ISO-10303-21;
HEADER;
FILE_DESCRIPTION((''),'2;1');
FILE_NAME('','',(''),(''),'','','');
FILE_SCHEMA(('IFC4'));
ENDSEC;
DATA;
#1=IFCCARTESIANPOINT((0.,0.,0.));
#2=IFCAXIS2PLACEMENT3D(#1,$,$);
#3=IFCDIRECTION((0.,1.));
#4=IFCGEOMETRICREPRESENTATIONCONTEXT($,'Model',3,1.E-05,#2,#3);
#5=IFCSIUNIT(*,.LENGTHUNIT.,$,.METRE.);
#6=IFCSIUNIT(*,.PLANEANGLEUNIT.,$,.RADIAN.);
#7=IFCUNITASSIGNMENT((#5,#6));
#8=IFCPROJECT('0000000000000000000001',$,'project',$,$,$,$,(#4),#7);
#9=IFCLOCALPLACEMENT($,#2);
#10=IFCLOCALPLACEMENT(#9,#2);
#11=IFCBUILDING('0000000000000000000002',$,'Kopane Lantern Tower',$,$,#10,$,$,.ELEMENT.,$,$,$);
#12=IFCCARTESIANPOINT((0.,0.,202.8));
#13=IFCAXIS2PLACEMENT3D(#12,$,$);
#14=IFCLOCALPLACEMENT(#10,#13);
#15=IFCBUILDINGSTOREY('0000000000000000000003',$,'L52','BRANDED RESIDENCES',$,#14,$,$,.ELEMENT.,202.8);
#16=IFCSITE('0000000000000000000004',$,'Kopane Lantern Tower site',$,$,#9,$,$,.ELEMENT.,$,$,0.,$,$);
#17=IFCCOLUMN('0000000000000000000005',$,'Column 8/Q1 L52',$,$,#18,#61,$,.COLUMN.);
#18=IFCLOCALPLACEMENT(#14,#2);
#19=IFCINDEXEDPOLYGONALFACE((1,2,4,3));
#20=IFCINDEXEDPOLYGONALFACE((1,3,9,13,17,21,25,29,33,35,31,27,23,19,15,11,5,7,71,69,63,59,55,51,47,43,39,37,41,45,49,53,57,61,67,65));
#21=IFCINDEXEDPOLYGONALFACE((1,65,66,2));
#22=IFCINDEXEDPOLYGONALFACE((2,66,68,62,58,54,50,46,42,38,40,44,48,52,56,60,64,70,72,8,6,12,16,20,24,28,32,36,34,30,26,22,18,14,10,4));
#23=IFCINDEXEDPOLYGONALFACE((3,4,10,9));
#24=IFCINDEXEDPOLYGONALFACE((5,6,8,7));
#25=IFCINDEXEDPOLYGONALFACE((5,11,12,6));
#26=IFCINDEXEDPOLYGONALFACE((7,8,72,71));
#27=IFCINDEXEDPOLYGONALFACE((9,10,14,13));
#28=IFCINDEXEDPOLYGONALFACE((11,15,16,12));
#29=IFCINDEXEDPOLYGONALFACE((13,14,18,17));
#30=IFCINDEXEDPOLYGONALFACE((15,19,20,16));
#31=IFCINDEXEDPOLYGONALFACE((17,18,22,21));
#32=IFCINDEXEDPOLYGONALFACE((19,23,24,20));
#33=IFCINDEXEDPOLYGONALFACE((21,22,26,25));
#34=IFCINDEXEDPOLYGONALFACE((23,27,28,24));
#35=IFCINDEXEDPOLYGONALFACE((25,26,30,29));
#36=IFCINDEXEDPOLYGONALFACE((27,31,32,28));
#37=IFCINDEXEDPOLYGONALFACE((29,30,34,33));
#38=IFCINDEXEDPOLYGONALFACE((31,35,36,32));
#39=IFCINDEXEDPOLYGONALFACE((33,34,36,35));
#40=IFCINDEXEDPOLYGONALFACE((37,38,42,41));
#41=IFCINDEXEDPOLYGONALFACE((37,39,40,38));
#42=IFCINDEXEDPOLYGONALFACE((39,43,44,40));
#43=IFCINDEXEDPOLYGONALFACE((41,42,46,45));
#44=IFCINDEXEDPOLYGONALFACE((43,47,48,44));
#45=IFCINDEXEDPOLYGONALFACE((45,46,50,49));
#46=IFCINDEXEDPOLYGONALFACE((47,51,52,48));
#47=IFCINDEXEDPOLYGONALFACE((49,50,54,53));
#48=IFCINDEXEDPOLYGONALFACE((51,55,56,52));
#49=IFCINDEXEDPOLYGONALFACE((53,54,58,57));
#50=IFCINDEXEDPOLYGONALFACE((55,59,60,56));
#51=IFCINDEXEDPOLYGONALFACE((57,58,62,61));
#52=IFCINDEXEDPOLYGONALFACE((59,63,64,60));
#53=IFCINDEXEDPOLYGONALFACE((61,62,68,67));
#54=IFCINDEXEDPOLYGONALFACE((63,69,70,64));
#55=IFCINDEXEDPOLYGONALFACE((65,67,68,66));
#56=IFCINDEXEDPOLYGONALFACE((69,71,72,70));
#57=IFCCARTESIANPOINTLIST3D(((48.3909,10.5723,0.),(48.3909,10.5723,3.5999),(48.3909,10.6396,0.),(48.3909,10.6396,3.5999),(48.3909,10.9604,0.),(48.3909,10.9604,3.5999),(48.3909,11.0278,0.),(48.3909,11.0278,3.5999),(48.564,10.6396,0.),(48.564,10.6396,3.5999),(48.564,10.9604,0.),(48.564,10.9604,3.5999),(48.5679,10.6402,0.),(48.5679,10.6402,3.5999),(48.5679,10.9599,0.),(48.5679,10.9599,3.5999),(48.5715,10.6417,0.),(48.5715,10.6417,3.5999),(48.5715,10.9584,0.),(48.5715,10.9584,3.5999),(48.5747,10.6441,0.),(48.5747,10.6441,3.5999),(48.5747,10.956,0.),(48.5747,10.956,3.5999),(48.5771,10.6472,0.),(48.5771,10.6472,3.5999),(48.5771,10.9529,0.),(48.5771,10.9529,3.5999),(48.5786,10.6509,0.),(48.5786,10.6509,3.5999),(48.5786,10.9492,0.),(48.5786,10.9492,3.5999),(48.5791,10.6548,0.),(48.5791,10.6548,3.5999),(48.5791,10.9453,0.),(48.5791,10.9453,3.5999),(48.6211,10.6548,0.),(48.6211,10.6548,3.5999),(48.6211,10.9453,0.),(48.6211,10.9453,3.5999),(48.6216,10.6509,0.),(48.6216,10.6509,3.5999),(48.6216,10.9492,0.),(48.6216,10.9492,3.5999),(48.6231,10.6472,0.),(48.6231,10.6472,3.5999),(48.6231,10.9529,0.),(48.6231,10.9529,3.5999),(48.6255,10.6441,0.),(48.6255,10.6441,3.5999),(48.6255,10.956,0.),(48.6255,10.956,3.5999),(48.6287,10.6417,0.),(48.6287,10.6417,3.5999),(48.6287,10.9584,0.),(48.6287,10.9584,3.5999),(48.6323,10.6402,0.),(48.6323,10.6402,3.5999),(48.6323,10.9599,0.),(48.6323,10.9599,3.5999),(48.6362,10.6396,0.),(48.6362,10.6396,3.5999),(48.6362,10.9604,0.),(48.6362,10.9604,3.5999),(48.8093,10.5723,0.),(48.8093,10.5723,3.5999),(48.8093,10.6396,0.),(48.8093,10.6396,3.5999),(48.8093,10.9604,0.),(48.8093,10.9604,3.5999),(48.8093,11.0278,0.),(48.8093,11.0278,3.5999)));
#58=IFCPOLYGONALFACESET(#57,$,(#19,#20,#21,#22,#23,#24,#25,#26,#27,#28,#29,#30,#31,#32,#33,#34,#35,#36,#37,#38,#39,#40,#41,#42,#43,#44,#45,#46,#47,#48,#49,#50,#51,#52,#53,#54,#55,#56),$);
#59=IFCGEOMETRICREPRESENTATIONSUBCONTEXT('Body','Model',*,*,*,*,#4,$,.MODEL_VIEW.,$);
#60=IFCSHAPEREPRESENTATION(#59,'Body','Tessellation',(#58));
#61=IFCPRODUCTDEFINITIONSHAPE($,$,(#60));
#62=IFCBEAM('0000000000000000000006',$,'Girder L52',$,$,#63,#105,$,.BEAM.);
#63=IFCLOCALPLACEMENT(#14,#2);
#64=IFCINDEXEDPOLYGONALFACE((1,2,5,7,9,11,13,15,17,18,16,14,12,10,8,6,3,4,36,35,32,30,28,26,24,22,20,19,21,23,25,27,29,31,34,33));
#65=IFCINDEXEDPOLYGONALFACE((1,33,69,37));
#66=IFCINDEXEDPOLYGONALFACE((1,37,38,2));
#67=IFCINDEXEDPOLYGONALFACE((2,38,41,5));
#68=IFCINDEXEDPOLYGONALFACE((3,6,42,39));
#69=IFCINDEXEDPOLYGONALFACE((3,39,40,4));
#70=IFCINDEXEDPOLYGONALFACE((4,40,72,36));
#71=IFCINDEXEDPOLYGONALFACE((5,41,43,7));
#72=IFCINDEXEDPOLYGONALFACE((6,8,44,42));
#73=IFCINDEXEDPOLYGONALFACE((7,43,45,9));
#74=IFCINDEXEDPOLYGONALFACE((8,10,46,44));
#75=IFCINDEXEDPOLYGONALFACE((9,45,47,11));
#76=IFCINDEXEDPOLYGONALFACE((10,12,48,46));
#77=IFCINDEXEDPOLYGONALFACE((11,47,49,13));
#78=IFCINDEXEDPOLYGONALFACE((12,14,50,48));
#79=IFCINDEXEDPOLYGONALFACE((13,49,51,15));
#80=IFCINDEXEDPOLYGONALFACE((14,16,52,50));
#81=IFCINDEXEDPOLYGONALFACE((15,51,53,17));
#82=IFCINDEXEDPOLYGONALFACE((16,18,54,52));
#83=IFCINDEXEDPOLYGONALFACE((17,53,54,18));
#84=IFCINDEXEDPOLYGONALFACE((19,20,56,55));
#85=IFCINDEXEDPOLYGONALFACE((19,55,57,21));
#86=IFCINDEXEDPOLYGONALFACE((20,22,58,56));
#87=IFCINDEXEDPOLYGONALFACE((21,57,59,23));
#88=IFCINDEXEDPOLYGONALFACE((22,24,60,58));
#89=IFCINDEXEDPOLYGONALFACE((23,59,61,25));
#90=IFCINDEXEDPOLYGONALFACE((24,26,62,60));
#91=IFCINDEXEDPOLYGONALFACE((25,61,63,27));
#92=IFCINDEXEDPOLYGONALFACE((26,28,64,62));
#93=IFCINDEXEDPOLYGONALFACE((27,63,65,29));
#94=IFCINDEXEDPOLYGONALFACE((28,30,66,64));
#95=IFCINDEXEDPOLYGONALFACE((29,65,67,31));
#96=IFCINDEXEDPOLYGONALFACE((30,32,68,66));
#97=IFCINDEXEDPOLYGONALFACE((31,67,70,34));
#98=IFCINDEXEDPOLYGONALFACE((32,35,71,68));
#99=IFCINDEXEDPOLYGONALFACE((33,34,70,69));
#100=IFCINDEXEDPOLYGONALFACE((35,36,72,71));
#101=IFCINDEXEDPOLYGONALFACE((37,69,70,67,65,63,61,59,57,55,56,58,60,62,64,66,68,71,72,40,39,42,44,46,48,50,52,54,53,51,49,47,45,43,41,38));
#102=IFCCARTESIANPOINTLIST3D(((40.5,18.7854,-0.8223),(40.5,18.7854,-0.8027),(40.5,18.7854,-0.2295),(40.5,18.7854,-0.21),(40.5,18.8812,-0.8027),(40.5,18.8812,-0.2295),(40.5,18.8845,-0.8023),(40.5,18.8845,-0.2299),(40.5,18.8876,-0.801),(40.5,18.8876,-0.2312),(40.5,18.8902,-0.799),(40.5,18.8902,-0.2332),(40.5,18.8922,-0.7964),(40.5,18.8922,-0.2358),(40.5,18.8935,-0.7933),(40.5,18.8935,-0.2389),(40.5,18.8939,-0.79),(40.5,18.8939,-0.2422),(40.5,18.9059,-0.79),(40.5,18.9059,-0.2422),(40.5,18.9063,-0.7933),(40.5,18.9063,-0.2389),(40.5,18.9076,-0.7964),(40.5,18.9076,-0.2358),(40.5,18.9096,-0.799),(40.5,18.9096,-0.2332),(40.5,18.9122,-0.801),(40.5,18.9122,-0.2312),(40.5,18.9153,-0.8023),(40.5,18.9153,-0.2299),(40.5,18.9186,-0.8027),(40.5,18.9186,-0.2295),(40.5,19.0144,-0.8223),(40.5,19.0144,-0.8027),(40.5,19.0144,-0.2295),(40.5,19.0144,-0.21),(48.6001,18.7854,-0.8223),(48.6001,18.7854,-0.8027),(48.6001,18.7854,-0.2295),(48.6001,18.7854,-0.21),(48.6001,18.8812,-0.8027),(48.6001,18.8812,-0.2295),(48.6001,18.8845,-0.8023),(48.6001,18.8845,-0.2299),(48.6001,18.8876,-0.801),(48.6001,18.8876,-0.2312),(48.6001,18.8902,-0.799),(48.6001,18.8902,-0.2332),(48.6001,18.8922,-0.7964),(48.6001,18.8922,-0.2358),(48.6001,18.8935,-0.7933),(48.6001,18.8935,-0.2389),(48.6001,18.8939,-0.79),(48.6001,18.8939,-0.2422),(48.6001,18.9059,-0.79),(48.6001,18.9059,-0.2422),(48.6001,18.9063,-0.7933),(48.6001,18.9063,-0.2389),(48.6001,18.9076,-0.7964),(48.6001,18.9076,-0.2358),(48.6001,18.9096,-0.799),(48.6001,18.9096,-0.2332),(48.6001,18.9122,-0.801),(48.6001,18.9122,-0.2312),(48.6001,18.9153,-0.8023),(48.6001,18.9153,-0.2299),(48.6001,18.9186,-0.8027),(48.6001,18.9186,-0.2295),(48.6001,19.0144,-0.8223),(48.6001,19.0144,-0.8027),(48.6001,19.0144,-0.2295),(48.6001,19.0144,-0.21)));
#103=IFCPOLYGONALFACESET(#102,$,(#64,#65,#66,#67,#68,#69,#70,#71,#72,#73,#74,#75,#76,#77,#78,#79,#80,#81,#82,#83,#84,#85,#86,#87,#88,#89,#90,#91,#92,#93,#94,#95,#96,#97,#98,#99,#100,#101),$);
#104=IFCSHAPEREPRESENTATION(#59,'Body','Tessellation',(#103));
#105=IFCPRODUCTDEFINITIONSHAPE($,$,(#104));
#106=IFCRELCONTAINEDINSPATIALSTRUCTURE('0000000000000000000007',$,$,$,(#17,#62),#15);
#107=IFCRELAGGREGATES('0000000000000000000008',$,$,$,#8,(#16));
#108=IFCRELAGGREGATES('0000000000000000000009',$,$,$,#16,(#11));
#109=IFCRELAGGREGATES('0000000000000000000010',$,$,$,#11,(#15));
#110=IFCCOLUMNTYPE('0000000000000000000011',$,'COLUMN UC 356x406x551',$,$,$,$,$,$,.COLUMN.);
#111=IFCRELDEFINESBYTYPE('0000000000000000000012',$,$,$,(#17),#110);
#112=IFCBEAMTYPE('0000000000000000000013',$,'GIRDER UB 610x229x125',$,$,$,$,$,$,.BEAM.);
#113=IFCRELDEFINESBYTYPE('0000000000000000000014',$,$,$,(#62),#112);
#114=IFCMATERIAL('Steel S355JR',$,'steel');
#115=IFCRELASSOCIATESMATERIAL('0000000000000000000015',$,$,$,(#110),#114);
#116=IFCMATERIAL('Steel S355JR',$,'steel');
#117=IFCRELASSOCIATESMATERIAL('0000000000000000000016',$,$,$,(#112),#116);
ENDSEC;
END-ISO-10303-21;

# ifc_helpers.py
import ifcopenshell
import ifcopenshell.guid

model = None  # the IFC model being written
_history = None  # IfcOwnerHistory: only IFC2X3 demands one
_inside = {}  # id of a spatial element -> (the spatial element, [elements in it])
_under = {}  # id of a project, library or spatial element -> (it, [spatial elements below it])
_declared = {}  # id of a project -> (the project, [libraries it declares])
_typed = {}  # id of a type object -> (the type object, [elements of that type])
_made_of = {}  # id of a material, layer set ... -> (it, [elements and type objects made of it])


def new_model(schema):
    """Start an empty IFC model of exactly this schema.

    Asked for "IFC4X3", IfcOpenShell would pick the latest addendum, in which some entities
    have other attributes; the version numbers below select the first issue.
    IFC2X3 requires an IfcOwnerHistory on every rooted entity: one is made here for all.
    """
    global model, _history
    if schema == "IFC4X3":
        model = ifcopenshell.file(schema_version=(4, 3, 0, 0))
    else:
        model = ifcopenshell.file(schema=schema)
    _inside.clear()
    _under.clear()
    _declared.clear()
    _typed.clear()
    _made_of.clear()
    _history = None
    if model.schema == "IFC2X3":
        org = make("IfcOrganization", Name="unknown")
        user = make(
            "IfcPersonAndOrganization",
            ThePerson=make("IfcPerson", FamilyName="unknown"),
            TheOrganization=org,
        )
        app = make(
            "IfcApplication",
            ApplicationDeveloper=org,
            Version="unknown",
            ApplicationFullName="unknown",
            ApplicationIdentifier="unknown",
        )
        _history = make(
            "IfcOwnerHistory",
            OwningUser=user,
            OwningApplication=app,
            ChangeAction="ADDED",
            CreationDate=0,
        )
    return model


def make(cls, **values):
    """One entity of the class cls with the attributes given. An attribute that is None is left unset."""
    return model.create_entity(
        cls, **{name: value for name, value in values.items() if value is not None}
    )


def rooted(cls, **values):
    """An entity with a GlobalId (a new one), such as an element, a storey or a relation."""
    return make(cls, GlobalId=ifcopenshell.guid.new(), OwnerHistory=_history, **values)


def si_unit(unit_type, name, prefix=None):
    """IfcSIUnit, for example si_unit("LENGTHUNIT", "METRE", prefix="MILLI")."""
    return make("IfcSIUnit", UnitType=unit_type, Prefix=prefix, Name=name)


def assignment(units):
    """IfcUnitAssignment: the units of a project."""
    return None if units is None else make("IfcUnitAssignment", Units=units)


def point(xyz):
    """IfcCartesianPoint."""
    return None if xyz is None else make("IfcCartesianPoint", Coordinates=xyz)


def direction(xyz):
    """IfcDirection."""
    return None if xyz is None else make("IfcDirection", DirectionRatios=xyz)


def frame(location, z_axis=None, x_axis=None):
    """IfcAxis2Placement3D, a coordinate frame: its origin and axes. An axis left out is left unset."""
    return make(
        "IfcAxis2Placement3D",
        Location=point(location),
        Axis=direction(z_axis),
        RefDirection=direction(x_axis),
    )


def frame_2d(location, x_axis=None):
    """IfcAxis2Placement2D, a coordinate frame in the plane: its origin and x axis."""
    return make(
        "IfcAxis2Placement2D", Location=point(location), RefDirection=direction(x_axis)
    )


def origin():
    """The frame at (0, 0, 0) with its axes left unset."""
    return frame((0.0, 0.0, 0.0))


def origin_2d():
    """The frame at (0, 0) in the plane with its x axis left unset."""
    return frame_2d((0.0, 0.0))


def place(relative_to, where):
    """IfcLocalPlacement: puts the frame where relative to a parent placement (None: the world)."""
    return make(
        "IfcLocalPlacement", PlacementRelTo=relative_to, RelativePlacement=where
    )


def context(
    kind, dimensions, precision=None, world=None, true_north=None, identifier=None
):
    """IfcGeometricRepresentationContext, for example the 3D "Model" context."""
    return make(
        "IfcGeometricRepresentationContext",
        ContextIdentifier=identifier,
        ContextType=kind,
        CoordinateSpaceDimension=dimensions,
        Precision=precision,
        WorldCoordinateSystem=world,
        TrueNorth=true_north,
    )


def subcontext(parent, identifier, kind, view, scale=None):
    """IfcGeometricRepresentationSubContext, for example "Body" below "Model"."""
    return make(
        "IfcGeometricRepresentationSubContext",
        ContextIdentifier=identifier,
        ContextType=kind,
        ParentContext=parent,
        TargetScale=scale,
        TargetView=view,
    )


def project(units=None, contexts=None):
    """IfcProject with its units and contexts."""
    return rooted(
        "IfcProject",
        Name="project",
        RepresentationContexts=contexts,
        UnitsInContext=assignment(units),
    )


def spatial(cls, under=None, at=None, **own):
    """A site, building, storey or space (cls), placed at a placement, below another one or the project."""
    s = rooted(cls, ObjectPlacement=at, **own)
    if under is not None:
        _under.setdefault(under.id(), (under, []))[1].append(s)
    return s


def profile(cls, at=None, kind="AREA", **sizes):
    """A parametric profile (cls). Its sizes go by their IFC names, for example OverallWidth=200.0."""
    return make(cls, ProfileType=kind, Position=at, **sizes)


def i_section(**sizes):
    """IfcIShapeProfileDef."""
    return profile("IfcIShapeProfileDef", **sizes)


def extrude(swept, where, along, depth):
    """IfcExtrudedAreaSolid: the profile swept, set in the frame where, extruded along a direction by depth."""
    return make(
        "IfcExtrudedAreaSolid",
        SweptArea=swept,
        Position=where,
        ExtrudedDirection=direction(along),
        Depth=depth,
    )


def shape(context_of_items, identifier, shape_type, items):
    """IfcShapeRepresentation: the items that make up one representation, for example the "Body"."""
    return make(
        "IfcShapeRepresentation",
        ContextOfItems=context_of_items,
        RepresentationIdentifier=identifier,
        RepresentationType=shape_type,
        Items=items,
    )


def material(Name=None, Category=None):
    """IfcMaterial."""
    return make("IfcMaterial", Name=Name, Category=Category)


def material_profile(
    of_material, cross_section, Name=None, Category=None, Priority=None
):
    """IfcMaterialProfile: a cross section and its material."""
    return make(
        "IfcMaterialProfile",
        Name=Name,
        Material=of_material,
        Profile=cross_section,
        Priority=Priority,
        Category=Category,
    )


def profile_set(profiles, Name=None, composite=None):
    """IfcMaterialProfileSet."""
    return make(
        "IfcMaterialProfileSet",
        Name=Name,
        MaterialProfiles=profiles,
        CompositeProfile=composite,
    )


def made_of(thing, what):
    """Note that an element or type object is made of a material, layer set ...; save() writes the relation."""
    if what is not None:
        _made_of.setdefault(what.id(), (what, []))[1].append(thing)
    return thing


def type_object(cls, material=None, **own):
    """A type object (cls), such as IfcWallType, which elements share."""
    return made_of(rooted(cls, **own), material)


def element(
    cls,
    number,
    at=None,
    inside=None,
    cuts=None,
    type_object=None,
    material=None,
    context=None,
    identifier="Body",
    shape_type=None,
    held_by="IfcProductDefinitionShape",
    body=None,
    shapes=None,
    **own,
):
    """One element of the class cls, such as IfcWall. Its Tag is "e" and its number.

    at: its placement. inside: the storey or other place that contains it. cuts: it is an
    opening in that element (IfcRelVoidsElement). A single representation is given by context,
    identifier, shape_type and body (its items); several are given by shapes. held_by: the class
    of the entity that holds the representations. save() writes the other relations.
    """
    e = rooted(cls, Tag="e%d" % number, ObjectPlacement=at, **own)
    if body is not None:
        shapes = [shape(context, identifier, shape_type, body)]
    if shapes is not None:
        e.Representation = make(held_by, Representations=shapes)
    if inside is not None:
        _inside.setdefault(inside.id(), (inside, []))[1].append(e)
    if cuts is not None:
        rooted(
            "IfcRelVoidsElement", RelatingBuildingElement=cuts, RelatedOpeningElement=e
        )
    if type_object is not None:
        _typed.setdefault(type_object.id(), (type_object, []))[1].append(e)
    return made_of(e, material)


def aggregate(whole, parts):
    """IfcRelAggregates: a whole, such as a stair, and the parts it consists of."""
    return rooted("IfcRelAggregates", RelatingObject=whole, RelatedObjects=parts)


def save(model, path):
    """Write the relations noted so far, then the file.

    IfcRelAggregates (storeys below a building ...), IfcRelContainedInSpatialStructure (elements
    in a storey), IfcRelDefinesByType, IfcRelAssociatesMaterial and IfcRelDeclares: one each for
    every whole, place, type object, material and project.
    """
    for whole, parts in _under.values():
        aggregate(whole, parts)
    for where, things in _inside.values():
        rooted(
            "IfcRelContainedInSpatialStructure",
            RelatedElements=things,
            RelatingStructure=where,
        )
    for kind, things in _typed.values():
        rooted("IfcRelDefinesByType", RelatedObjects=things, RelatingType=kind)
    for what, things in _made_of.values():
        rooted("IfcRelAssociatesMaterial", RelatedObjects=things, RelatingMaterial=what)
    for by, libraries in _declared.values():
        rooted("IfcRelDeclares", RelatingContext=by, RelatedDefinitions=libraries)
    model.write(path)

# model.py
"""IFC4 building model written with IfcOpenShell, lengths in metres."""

from ifc_helpers import new_model, si_unit, direction, frame, origin, origin_2d, place, context, subcontext, project, spatial, i_section, extrude, material, material_profile, profile_set, type_object, element, save


model = new_model("IFC4")

# Units and contexts
model_context = context("Model", 3, precision=1e-05, world=origin(), true_north=direction((0.0, 1.0)))
body_context = subcontext(model_context, "Body", "Model", "MODEL_VIEW")
ifc_project = project(units=[si_unit("LENGTHUNIT", "METRE"), si_unit("PLANEANGLEUNIT", "RADIAN")], contexts=[model_context])

# Site, building, storey
site_placement = place(None, origin())
site = spatial("IfcSite", under=ifc_project, at=site_placement, Name="Kopane Lantern Tower site", CompositionType="ELEMENT", RefElevation=0.0)
building_placement = place(site_placement, origin())
building = spatial("IfcBuilding", under=site, at=building_placement, Name="Kopane Lantern Tower", CompositionType="ELEMENT")
storey_placement = place(building_placement, frame((0.0, 0.0, 202.8)))
storey = spatial("IfcBuildingStorey", under=building, at=storey_placement, Name="L52", Description="BRANDED RESIDENCES", CompositionType="ELEMENT", Elevation=202.8)

# Column
ifc_material_1 = material(Name="Steel S355JR", Category="steel")
ifc_material_profile_1 = material_profile(ifc_material_1, i_section(OverallWidth=0.4185, OverallDepth=0.4556, WebThickness=0.042, FlangeThickness=0.0674, FilletRadius=0.0151, at=origin_2d()), Name="UC 356x406x551")
ifc_profile_set_1 = profile_set([ifc_material_profile_1], Name="Steel S355JR")
column_type = type_object("IfcColumnType", Name="COLUMN UC 356x406x551", PredefinedType="COLUMN", material=ifc_profile_set_1)
column_placement = place(storey_placement, frame((48.6001, 10.8, 0.0), z_axis=(0.0, 0.0, 1.0), x_axis=(1.0, 0.0, 0.0)))
element("IfcColumn", 1, at=column_placement, inside=storey, type_object=column_type, Name="Column 8/Q1 L52", PredefinedType="COLUMN", context=body_context, shape_type="SweptSolid", body=[
    extrude(i_section(OverallWidth=0.4185, OverallDepth=0.4556, WebThickness=0.042, FlangeThickness=0.0674, FilletRadius=0.0151, at=origin_2d()), origin(), (0.0, 0.0, 1.0), 3.5999),
])

# Beam
ifc_material_2 = material(Name="Steel S355JR", Category="steel")
ifc_material_profile_2 = material_profile(ifc_material_2, i_section(OverallWidth=0.229, OverallDepth=0.6123, WebThickness=0.012, FlangeThickness=0.0195, FilletRadius=0.0127, at=origin_2d()), Name="UB 610x229x125")
ifc_profile_set_2 = profile_set([ifc_material_profile_2], Name="Steel S355JR")
beam_type = type_object("IfcBeamType", Name="GIRDER UB 610x229x125", PredefinedType="BEAM", material=ifc_profile_set_2)
beam_placement = place(storey_placement, frame((40.5, 18.8999, -0.5161), z_axis=(1.0, 0.0, 0.0), x_axis=(0.0, 1.0, 0.0)))
element("IfcBeam", 2, at=beam_placement, inside=storey, type_object=beam_type, Name="Girder L52", PredefinedType="BEAM", context=body_context, shape_type="SweptSolid", body=[
    extrude(i_section(OverallWidth=0.229, OverallDepth=0.6123, WebThickness=0.012, FlangeThickness=0.0195, FilletRadius=0.0127, at=origin_2d()), origin(), (0.0, 0.0, 1.0), 8.1001),
])

save(model, "model.ifc")
